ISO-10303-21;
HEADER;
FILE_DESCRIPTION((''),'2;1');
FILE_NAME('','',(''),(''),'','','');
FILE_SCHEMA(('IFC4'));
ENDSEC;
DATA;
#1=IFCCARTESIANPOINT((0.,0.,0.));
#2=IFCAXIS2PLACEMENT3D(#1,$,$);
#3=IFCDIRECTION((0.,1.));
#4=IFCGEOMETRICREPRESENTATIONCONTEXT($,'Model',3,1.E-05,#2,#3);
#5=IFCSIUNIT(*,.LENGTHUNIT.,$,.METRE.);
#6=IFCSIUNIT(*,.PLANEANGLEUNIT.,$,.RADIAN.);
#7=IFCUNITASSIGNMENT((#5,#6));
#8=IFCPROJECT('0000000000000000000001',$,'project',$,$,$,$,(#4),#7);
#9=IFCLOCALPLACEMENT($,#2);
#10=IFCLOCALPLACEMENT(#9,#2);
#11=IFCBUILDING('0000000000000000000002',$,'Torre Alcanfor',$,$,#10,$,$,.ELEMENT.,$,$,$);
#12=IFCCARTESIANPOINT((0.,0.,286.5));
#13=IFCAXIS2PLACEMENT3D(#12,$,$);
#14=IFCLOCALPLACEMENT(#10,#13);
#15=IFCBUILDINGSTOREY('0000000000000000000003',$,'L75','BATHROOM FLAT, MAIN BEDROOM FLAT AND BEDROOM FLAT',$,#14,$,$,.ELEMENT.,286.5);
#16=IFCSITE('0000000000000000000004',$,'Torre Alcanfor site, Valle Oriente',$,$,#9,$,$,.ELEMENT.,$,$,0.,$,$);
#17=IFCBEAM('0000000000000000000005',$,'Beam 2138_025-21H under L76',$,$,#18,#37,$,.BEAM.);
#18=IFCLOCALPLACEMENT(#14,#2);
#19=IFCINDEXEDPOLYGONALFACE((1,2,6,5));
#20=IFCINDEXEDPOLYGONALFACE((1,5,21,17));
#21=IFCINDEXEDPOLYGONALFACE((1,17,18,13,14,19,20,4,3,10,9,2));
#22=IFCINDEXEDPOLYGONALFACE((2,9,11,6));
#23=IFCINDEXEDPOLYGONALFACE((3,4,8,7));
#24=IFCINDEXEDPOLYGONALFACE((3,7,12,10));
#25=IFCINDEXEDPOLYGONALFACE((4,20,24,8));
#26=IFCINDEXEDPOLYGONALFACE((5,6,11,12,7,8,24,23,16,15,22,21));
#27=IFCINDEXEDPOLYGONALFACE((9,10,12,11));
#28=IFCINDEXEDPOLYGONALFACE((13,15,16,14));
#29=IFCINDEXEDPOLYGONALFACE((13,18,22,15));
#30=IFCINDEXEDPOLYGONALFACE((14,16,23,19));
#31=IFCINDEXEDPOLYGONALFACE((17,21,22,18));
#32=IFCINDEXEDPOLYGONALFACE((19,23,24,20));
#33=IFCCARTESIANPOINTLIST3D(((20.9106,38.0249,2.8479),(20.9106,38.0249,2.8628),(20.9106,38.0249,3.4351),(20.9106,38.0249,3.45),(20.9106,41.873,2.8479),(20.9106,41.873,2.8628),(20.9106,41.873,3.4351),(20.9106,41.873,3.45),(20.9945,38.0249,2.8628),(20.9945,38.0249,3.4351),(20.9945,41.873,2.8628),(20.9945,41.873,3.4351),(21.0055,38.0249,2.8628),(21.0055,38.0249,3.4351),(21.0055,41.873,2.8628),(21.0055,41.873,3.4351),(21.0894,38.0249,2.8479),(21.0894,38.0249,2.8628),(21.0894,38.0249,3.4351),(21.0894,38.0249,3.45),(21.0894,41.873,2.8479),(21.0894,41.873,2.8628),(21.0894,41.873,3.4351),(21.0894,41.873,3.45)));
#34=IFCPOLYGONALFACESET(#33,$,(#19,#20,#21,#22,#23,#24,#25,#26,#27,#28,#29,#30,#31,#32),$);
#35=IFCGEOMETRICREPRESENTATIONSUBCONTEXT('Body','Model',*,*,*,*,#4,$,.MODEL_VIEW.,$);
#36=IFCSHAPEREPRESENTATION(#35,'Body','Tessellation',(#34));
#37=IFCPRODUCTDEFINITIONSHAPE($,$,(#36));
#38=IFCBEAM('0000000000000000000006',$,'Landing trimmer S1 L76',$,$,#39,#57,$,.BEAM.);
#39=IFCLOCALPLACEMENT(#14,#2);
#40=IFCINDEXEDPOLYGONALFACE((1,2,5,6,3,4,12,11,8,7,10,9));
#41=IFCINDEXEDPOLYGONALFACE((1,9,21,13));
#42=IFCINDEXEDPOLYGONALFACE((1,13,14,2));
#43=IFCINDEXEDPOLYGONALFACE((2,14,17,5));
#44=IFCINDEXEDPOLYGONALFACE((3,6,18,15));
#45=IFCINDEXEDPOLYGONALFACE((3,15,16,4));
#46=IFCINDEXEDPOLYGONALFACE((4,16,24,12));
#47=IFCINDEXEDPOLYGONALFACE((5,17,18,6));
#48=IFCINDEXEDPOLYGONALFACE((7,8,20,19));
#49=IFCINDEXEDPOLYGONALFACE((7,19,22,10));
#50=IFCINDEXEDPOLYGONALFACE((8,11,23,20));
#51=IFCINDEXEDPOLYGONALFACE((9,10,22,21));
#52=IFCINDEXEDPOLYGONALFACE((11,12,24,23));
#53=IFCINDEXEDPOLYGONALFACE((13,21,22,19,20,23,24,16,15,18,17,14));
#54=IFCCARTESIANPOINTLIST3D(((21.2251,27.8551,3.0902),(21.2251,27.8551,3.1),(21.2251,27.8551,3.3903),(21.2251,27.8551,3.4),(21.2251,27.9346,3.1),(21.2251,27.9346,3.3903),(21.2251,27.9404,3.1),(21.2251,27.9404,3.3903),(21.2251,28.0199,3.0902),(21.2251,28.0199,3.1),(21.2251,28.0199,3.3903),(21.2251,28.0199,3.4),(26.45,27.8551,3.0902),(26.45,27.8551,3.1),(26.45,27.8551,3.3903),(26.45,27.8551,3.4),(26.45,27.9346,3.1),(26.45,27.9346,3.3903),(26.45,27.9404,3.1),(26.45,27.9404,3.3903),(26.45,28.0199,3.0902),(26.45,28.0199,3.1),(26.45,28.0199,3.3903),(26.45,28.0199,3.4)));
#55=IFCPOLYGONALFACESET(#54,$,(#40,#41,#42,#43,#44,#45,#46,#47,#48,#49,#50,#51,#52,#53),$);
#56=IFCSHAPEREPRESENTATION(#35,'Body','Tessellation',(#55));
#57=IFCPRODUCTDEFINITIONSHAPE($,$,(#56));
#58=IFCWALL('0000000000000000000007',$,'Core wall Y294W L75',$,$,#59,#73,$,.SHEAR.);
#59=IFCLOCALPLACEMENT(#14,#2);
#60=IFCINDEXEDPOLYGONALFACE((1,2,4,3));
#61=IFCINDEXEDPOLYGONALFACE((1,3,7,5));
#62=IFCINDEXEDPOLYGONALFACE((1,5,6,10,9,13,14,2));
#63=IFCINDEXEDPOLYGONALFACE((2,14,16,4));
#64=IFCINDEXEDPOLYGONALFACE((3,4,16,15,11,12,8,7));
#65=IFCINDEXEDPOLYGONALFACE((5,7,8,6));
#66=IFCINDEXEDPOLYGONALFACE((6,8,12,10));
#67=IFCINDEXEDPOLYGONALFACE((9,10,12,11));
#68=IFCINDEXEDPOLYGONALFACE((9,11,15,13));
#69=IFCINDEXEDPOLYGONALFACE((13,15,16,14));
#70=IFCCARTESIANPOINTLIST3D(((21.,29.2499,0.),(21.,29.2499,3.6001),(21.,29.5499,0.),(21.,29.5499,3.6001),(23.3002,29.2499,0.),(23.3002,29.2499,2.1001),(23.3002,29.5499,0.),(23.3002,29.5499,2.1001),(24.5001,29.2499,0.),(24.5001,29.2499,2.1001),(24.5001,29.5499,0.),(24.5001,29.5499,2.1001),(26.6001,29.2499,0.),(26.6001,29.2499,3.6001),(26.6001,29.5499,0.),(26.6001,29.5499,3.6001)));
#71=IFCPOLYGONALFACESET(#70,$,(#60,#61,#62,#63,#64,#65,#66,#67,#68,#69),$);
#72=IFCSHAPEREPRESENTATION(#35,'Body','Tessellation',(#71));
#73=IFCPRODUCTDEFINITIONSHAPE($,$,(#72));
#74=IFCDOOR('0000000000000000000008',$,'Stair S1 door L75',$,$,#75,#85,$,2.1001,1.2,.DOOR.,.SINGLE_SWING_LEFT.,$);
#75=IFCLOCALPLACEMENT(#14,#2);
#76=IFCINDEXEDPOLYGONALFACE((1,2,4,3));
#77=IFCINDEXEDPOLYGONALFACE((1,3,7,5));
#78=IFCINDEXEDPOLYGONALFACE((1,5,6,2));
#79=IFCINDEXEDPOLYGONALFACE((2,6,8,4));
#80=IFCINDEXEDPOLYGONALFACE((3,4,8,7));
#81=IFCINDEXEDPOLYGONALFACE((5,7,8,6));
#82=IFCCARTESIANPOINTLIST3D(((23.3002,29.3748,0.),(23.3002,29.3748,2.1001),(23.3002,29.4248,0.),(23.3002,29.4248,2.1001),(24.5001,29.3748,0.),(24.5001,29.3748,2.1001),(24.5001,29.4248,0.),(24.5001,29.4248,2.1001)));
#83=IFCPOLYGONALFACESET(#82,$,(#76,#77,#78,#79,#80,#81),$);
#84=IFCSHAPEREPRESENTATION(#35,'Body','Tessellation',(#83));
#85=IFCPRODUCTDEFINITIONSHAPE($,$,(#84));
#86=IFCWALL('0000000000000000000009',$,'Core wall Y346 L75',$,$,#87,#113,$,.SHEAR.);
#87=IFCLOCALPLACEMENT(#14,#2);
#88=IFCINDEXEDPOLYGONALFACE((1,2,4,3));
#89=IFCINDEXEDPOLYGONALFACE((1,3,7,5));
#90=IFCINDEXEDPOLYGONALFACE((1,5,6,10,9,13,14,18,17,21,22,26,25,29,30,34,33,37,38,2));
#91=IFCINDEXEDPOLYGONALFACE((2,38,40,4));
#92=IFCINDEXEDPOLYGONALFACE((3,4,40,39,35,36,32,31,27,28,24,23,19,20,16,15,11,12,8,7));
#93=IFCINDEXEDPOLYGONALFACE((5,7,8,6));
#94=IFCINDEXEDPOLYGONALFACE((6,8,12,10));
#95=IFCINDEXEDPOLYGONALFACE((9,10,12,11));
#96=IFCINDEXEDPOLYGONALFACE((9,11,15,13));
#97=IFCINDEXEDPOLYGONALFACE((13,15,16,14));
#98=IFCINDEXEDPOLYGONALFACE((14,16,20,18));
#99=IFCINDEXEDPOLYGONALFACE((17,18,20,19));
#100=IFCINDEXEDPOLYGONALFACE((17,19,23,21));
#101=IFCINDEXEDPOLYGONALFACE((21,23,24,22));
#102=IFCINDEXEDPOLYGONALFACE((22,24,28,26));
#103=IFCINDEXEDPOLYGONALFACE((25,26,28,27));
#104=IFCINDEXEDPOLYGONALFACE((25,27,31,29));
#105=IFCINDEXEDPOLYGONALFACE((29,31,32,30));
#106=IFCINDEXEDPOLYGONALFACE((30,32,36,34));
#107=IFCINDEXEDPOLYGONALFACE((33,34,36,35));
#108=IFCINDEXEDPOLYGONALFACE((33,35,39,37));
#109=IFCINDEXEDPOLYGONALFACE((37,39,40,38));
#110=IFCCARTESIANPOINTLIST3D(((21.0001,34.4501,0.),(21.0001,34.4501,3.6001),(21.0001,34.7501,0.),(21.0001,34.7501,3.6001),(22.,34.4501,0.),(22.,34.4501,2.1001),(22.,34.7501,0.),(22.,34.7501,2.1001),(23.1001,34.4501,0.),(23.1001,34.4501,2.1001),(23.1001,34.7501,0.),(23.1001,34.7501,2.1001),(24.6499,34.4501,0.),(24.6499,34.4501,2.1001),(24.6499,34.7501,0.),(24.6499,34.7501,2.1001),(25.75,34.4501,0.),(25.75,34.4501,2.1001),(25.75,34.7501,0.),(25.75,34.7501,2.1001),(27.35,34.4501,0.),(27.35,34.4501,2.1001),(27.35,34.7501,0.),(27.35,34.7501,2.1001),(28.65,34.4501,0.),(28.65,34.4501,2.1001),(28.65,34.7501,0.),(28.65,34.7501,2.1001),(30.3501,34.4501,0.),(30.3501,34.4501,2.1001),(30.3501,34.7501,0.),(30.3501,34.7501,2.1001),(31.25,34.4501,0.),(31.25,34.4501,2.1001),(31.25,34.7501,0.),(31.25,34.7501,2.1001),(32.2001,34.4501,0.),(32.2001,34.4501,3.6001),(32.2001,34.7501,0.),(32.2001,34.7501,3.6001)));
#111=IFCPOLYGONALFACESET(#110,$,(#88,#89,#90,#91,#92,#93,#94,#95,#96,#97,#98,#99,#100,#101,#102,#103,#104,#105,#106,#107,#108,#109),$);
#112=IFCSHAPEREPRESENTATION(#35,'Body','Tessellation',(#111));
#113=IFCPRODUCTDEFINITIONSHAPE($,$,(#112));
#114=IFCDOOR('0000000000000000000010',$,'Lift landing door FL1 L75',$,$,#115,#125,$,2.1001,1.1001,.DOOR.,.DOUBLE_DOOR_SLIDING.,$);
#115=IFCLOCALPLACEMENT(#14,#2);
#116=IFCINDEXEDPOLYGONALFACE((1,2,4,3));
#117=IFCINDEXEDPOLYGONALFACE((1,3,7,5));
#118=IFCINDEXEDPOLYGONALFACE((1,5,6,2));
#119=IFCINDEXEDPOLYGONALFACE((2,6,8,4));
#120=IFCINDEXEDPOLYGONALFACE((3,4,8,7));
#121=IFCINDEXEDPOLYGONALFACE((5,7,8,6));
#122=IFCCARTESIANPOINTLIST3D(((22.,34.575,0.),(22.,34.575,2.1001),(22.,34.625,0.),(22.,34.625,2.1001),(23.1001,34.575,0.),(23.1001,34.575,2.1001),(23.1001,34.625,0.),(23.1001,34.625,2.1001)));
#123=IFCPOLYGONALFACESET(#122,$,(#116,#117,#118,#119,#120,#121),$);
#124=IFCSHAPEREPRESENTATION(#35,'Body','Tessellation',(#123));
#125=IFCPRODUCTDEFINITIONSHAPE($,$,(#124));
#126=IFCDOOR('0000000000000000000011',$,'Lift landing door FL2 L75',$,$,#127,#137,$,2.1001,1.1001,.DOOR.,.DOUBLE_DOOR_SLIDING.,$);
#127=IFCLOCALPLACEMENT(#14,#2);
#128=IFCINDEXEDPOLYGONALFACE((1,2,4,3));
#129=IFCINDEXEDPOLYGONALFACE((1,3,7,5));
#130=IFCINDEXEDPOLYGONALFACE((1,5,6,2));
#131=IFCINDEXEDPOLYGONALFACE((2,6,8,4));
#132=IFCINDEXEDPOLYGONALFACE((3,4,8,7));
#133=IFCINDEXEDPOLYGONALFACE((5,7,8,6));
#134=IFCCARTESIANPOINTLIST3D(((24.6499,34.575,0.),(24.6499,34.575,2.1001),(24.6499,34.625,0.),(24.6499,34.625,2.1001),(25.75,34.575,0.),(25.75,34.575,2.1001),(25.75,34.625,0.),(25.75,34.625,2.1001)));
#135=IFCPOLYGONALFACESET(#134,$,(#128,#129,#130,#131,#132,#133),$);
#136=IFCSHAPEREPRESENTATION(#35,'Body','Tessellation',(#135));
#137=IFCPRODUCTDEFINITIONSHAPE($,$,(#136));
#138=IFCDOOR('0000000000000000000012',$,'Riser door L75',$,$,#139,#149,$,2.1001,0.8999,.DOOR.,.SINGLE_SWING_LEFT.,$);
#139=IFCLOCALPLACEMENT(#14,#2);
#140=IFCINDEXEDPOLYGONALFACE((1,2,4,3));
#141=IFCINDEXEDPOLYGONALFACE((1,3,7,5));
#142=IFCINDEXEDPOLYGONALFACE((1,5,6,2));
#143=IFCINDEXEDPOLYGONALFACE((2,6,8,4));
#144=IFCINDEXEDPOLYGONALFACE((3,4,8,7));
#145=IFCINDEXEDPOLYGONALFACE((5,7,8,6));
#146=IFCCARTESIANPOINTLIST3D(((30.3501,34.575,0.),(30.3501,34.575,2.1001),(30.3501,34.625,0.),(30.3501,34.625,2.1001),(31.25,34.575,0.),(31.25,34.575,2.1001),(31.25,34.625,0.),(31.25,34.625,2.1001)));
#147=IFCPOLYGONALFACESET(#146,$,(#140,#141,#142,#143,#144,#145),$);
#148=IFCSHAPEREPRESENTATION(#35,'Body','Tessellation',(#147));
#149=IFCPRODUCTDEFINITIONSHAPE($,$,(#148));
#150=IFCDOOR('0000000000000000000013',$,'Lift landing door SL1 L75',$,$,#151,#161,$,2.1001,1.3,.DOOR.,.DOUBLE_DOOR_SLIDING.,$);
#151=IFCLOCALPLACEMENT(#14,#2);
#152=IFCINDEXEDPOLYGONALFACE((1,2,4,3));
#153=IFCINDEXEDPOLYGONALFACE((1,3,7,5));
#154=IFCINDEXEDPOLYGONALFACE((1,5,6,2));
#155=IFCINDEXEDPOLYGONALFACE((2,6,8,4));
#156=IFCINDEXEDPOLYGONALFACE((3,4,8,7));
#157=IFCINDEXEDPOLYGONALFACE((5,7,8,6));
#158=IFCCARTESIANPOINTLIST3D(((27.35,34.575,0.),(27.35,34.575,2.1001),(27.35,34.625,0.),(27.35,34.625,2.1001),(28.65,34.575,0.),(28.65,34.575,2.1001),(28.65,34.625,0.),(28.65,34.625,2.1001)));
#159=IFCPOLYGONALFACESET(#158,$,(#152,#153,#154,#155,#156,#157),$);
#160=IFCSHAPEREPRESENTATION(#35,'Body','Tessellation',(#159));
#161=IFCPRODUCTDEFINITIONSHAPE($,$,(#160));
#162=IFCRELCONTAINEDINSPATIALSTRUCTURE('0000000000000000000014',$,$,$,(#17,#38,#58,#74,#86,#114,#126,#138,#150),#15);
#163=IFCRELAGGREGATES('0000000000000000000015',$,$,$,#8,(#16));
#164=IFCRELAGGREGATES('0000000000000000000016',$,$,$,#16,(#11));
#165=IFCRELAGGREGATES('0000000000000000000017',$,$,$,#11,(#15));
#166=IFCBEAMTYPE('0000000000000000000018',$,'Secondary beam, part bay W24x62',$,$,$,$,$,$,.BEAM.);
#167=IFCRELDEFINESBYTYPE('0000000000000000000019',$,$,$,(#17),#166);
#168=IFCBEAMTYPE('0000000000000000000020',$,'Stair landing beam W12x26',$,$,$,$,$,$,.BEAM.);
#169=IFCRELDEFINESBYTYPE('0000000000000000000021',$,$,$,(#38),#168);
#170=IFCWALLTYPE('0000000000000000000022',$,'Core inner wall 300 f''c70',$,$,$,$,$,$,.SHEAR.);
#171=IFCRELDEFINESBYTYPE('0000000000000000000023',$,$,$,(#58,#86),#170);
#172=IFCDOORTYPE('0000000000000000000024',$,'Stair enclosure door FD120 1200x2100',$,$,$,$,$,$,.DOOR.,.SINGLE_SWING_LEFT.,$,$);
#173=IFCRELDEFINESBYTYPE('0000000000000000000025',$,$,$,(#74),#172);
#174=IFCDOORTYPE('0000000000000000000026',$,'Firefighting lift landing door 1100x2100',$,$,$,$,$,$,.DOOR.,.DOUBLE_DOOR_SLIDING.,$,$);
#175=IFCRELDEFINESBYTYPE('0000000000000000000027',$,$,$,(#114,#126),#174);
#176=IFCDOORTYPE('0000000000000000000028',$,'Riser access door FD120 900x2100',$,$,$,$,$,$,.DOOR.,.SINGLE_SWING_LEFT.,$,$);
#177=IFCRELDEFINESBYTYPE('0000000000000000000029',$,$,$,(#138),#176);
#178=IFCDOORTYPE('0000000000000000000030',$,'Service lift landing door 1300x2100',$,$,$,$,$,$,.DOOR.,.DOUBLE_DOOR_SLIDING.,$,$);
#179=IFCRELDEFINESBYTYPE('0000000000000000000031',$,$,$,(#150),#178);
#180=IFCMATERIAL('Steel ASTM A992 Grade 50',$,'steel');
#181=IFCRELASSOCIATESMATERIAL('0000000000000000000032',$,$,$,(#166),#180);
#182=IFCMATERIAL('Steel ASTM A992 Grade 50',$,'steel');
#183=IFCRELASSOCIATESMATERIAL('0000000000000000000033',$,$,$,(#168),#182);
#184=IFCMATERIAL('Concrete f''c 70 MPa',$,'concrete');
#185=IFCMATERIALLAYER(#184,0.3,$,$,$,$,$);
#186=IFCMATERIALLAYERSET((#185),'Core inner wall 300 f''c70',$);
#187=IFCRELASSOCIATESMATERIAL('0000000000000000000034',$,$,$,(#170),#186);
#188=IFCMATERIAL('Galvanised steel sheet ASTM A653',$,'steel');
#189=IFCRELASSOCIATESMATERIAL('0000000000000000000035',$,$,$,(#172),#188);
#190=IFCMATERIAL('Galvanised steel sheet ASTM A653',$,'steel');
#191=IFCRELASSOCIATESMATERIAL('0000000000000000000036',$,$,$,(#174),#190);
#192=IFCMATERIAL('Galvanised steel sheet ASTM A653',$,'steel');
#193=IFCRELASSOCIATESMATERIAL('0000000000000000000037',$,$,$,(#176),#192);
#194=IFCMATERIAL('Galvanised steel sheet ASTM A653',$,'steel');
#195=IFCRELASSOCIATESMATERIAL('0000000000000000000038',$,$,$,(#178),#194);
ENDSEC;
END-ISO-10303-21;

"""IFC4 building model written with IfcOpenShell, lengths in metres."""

from ifc_helpers import new_model, si_unit, direction, frame, frame_2d, origin, origin_2d, place, context, subcontext, project, spatial, rectangle, i_section, extrude, material, layer, layer_set, material_profile, profile_set, type_object, element, fill, save


model = new_model("IFC4")

# Units and contexts
model_context = context("Model", 3, precision=1e-05, world=origin(), true_north=direction((0.0, 1.0)))
body_context = subcontext(model_context, "Body", "Model", "MODEL_VIEW")
ifc_project = project(units=[si_unit("LENGTHUNIT", "METRE"), si_unit("PLANEANGLEUNIT", "RADIAN")], contexts=[model_context])

# Site, building, storey
site_placement = place(None, origin())
site = spatial("IfcSite", under=ifc_project, at=site_placement, Name="Torre Alcanfor site, Valle Oriente", CompositionType="ELEMENT", RefElevation=0.0)
building_placement = place(site_placement, origin())
building = spatial("IfcBuilding", under=site, at=building_placement, Name="Torre Alcanfor", CompositionType="ELEMENT")
storey_placement = place(building_placement, frame((0.0, 0.0, 286.5)))
storey = spatial("IfcBuildingStorey", under=building, at=storey_placement, Name="L75", Description="BATHROOM FLAT, MAIN BEDROOM FLAT AND BEDROOM FLAT", CompositionType="ELEMENT", Elevation=286.5)

# Beams
ifc_material_1 = material(Name="Steel ASTM A992 Grade 50", Category="steel")
ifc_material_profile_1 = material_profile(ifc_material_1, i_section(OverallWidth=0.1787, OverallDepth=0.6021, WebThickness=0.011, FlangeThickness=0.0149, at=origin_2d()), Name="W24x62")
ifc_profile_set_1 = profile_set([ifc_material_profile_1], Name="Steel ASTM A992 Grade 50")
beam_type_1 = type_object("IfcBeamType", Name="Secondary beam, part bay W24x62", PredefinedType="BEAM", material=ifc_profile_set_1)
beam_1_placement = place(storey_placement, frame((21.0, 38.0249, 3.1489), z_axis=(0.0, 1.0, 0.0), x_axis=(-1.0, 0.0, 0.0)))
element("IfcBeam", 1, at=beam_1_placement, inside=storey, type_object=beam_type_1, Name="Beam 2138_025-21H under L76", PredefinedType="BEAM", context=body_context, shape_type="SweptSolid", body=[
    extrude(i_section(OverallWidth=0.1787, OverallDepth=0.6021, WebThickness=0.011, FlangeThickness=0.0149, at=origin_2d()), origin(), (0.0, 0.0, 1.0), 3.8481),
])
ifc_material_2 = material(Name="Steel ASTM A992 Grade 50", Category="steel")
ifc_material_profile_2 = material_profile(ifc_material_2, i_section(OverallWidth=0.1648, OverallDepth=0.3098, WebThickness=0.0059, FlangeThickness=0.0098, at=origin_2d()), Name="W12x26")
ifc_profile_set_2 = profile_set([ifc_material_profile_2], Name="Steel ASTM A992 Grade 50")
beam_type_2 = type_object("IfcBeamType", Name="Stair landing beam W12x26", PredefinedType="BEAM", material=ifc_profile_set_2)
beam_2_placement = place(storey_placement, frame((21.2251, 27.9375, 3.2451), z_axis=(1.0, 0.0, 0.0), x_axis=(0.0, 1.0, 0.0)))
element("IfcBeam", 2, at=beam_2_placement, inside=storey, type_object=beam_type_2, Name="Landing trimmer S1 L76", PredefinedType="BEAM", context=body_context, shape_type="SweptSolid", body=[
    extrude(i_section(OverallWidth=0.1648, OverallDepth=0.3098, WebThickness=0.0059, FlangeThickness=0.0098, at=origin_2d()), origin(), (0.0, 0.0, 1.0), 5.2249),
])

# Wall, opening, door
ifc_material_3 = material(Name="Concrete f'c 70 MPa", Category="concrete")
ifc_layer_1 = layer(ifc_material_3, 0.3)
ifc_layer_set_1 = layer_set([ifc_layer_1], Name="Core inner wall 300 f'c70")
wall_type_1 = type_object("IfcWallType", Name="Core inner wall 300 f'c70", PredefinedType="SHEAR", material=ifc_layer_set_1)
wall_1_placement = place(storey_placement, frame((21.0, 29.3999, 0.0), z_axis=(0.0, 0.0, 1.0), x_axis=(1.0, 0.0, 0.0)))
wall_1 = element("IfcWall", 3, at=wall_1_placement, inside=storey, type_object=wall_type_1, Name="Core wall Y294W L75", PredefinedType="SHEAR", context=body_context, shape_type="SweptSolid", body=[
    extrude(rectangle(XDim=5.6001, YDim=0.3, at=frame_2d((2.8, 0.0))), origin(), (0.0, 0.0, 1.0), 3.6001),
])
opening_1_placement = place(wall_1_placement, frame((2.3, 0.0, 0.0)))
opening_1 = element("IfcOpeningElement", 4, at=opening_1_placement, cuts=wall_1, PredefinedType="OPENING", context=body_context, shape_type="SweptSolid", body=[
    extrude(rectangle(XDim=1.2, YDim=2.1001, at=frame_2d((0.6001, 1.05))), frame((0.0, 0.1599, 0.0), z_axis=(0.0, -1.0, 0.0), x_axis=(1.0, 0.0, 0.0)), (0.0, 0.0, 1.0), 0.3201),
])
ifc_material_4 = material(Name="Galvanised steel sheet ASTM A653", Category="steel")
door_type_1 = type_object("IfcDoorType", Name="Stair enclosure door FD120 1200x2100", OperationType="SINGLE_SWING_LEFT", PredefinedType="DOOR", material=ifc_material_4)
door_1_placement = place(opening_1_placement, frame((1.2, 0.0, 0.0), z_axis=(0.0, 0.0, 1.0), x_axis=(-1.0, 0.0, 0.0)))
door_1 = element("IfcDoor", 5, at=door_1_placement, inside=storey, type_object=door_type_1, Name="Stair S1 door L75", OperationType="SINGLE_SWING_LEFT", OverallHeight=2.1001, OverallWidth=1.2, PredefinedType="DOOR", context=body_context, shape_type="SweptSolid", body=[
    extrude(rectangle(XDim=1.2, YDim=2.1001, at=frame_2d((0.5999, 1.05))), frame((0.0, 0.0251, 0.0), z_axis=(0.0, -1.0, 0.0), x_axis=(1.0, 0.0, 0.0)), (0.0, 0.0, 1.0), 0.05),
])
fill(opening_1, door_1)

# Wall, openings, doors
wall_2_placement = place(storey_placement, frame((21.0, 34.6001, 0.0), z_axis=(0.0, 0.0, 1.0), x_axis=(1.0, 0.0, 0.0)))
wall_2 = element("IfcWall", 6, at=wall_2_placement, inside=storey, type_object=wall_type_1, Name="Core wall Y346 L75", PredefinedType="SHEAR", context=body_context, shape_type="SweptSolid", body=[
    extrude(rectangle(XDim=11.2, YDim=0.3, at=frame_2d((5.6001, 0.0))), origin(), (0.0, 0.0, 1.0), 3.6001),
])
opening_2_placement = place(wall_2_placement, frame((9.3501, 0.0, 0.0)))
opening_2 = element("IfcOpeningElement", 7, at=opening_2_placement, cuts=wall_2, PredefinedType="OPENING", context=body_context, shape_type="SweptSolid", body=[
    extrude(rectangle(XDim=0.8999, YDim=2.1001, at=frame_2d((0.45, 1.05))), frame((0.0, 0.1599, 0.0), z_axis=(0.0, -1.0, 0.0), x_axis=(1.0, 0.0, 0.0)), (0.0, 0.0, 1.0), 0.3201),
])
opening_3_placement = place(wall_2_placement, frame((1.0, 0.0, 0.0)))
opening_3 = element("IfcOpeningElement", 8, at=opening_3_placement, cuts=wall_2, PredefinedType="OPENING", context=body_context, shape_type="SweptSolid", body=[
    extrude(rectangle(XDim=1.1001, YDim=2.1001, at=frame_2d((0.55, 1.05))), frame((0.0, 0.1599, 0.0), z_axis=(0.0, -1.0, 0.0), x_axis=(1.0, 0.0, 0.0)), (0.0, 0.0, 1.0), 0.3201),
])
opening_4_placement = place(wall_2_placement, frame((3.6499, 0.0, 0.0)))
opening_4 = element("IfcOpeningElement", 9, at=opening_4_placement, cuts=wall_2, PredefinedType="OPENING", context=body_context, shape_type="SweptSolid", body=[
    extrude(rectangle(XDim=1.1001, YDim=2.1001, at=frame_2d((0.55, 1.05))), frame((0.0, 0.1599, 0.0), z_axis=(0.0, -1.0, 0.0), x_axis=(1.0, 0.0, 0.0)), (0.0, 0.0, 1.0), 0.3201),
])
opening_5_placement = place(wall_2_placement, frame((6.3501, 0.0, 0.0)))
opening_5 = element("IfcOpeningElement", 10, at=opening_5_placement, cuts=wall_2, PredefinedType="OPENING", context=body_context, shape_type="SweptSolid", body=[
    extrude(rectangle(XDim=1.3, YDim=2.1001, at=frame_2d((0.6499, 1.05))), frame((0.0, 0.1599, 0.0), z_axis=(0.0, -1.0, 0.0), x_axis=(1.0, 0.0, 0.0)), (0.0, 0.0, 1.0), 0.3201),
])
ifc_material_5 = material(Name="Galvanised steel sheet ASTM A653", Category="steel")
door_type_2 = type_object("IfcDoorType", Name="Firefighting lift landing door 1100x2100", OperationType="DOUBLE_DOOR_SLIDING", PredefinedType="DOOR", material=ifc_material_5)
door_2_placement = place(opening_3_placement, origin())
door_2 = element("IfcDoor", 11, at=door_2_placement, inside=storey, type_object=door_type_2, Name="Lift landing door FL1 L75", OperationType="DOUBLE_DOOR_SLIDING", OverallHeight=2.1001, OverallWidth=1.1001, PredefinedType="DOOR", context=body_context, shape_type="SweptSolid", body=[
    extrude(rectangle(XDim=1.1001, YDim=2.1001, at=frame_2d((0.55, 1.05))), frame((0.0, 0.0249, 0.0), z_axis=(0.0, -1.0, 0.0), x_axis=(1.0, 0.0, 0.0)), (0.0, 0.0, 1.0), 0.05),
])
fill(opening_3, door_2)
door_3_placement = place(opening_4_placement, origin())
door_3 = element("IfcDoor", 12, at=door_3_placement, inside=storey, type_object=door_type_2, Name="Lift landing door FL2 L75", OperationType="DOUBLE_DOOR_SLIDING", OverallHeight=2.1001, OverallWidth=1.1001, PredefinedType="DOOR", context=body_context, shape_type="SweptSolid", body=[
    extrude(rectangle(XDim=1.1001, YDim=2.1001, at=frame_2d((0.55, 1.05))), frame((0.0, 0.0249, 0.0), z_axis=(0.0, -1.0, 0.0), x_axis=(1.0, 0.0, 0.0)), (0.0, 0.0, 1.0), 0.05),
])
fill(opening_4, door_3)
ifc_material_6 = material(Name="Galvanised steel sheet ASTM A653", Category="steel")
door_type_3 = type_object("IfcDoorType", Name="Riser access door FD120 900x2100", OperationType="SINGLE_SWING_LEFT", PredefinedType="DOOR", material=ifc_material_6)
door_4_placement = place(opening_2_placement, origin())
door_4 = element("IfcDoor", 13, at=door_4_placement, inside=storey, type_object=door_type_3, Name="Riser door L75", OperationType="SINGLE_SWING_LEFT", OverallHeight=2.1001, OverallWidth=0.8999, PredefinedType="DOOR", context=body_context, shape_type="SweptSolid", body=[
    extrude(rectangle(XDim=0.8999, YDim=2.1001, at=frame_2d((0.45, 1.05))), frame((0.0, 0.0249, 0.0), z_axis=(0.0, -1.0, 0.0), x_axis=(1.0, 0.0, 0.0)), (0.0, 0.0, 1.0), 0.05),
])
fill(opening_2, door_4)
ifc_material_7 = material(Name="Galvanised steel sheet ASTM A653", Category="steel")
door_type_4 = type_object("IfcDoorType", Name="Service lift landing door 1300x2100", OperationType="DOUBLE_DOOR_SLIDING", PredefinedType="DOOR", material=ifc_material_7)
door_5_placement = place(opening_5_placement, origin())
door_5 = element("IfcDoor", 14, at=door_5_placement, inside=storey, type_object=door_type_4, Name="Lift landing door SL1 L75", OperationType="DOUBLE_DOOR_SLIDING", OverallHeight=2.1001, OverallWidth=1.3, PredefinedType="DOOR", context=body_context, shape_type="SweptSolid", body=[
    extrude(rectangle(XDim=1.3, YDim=2.1001, at=frame_2d((0.6499, 1.05))), frame((0.0, 0.0249, 0.0), z_axis=(0.0, -1.0, 0.0), x_axis=(1.0, 0.0, 0.0)), (0.0, 0.0, 1.0), 0.05),
])
fill(opening_5, door_5)

save(model, "model.ifc")
